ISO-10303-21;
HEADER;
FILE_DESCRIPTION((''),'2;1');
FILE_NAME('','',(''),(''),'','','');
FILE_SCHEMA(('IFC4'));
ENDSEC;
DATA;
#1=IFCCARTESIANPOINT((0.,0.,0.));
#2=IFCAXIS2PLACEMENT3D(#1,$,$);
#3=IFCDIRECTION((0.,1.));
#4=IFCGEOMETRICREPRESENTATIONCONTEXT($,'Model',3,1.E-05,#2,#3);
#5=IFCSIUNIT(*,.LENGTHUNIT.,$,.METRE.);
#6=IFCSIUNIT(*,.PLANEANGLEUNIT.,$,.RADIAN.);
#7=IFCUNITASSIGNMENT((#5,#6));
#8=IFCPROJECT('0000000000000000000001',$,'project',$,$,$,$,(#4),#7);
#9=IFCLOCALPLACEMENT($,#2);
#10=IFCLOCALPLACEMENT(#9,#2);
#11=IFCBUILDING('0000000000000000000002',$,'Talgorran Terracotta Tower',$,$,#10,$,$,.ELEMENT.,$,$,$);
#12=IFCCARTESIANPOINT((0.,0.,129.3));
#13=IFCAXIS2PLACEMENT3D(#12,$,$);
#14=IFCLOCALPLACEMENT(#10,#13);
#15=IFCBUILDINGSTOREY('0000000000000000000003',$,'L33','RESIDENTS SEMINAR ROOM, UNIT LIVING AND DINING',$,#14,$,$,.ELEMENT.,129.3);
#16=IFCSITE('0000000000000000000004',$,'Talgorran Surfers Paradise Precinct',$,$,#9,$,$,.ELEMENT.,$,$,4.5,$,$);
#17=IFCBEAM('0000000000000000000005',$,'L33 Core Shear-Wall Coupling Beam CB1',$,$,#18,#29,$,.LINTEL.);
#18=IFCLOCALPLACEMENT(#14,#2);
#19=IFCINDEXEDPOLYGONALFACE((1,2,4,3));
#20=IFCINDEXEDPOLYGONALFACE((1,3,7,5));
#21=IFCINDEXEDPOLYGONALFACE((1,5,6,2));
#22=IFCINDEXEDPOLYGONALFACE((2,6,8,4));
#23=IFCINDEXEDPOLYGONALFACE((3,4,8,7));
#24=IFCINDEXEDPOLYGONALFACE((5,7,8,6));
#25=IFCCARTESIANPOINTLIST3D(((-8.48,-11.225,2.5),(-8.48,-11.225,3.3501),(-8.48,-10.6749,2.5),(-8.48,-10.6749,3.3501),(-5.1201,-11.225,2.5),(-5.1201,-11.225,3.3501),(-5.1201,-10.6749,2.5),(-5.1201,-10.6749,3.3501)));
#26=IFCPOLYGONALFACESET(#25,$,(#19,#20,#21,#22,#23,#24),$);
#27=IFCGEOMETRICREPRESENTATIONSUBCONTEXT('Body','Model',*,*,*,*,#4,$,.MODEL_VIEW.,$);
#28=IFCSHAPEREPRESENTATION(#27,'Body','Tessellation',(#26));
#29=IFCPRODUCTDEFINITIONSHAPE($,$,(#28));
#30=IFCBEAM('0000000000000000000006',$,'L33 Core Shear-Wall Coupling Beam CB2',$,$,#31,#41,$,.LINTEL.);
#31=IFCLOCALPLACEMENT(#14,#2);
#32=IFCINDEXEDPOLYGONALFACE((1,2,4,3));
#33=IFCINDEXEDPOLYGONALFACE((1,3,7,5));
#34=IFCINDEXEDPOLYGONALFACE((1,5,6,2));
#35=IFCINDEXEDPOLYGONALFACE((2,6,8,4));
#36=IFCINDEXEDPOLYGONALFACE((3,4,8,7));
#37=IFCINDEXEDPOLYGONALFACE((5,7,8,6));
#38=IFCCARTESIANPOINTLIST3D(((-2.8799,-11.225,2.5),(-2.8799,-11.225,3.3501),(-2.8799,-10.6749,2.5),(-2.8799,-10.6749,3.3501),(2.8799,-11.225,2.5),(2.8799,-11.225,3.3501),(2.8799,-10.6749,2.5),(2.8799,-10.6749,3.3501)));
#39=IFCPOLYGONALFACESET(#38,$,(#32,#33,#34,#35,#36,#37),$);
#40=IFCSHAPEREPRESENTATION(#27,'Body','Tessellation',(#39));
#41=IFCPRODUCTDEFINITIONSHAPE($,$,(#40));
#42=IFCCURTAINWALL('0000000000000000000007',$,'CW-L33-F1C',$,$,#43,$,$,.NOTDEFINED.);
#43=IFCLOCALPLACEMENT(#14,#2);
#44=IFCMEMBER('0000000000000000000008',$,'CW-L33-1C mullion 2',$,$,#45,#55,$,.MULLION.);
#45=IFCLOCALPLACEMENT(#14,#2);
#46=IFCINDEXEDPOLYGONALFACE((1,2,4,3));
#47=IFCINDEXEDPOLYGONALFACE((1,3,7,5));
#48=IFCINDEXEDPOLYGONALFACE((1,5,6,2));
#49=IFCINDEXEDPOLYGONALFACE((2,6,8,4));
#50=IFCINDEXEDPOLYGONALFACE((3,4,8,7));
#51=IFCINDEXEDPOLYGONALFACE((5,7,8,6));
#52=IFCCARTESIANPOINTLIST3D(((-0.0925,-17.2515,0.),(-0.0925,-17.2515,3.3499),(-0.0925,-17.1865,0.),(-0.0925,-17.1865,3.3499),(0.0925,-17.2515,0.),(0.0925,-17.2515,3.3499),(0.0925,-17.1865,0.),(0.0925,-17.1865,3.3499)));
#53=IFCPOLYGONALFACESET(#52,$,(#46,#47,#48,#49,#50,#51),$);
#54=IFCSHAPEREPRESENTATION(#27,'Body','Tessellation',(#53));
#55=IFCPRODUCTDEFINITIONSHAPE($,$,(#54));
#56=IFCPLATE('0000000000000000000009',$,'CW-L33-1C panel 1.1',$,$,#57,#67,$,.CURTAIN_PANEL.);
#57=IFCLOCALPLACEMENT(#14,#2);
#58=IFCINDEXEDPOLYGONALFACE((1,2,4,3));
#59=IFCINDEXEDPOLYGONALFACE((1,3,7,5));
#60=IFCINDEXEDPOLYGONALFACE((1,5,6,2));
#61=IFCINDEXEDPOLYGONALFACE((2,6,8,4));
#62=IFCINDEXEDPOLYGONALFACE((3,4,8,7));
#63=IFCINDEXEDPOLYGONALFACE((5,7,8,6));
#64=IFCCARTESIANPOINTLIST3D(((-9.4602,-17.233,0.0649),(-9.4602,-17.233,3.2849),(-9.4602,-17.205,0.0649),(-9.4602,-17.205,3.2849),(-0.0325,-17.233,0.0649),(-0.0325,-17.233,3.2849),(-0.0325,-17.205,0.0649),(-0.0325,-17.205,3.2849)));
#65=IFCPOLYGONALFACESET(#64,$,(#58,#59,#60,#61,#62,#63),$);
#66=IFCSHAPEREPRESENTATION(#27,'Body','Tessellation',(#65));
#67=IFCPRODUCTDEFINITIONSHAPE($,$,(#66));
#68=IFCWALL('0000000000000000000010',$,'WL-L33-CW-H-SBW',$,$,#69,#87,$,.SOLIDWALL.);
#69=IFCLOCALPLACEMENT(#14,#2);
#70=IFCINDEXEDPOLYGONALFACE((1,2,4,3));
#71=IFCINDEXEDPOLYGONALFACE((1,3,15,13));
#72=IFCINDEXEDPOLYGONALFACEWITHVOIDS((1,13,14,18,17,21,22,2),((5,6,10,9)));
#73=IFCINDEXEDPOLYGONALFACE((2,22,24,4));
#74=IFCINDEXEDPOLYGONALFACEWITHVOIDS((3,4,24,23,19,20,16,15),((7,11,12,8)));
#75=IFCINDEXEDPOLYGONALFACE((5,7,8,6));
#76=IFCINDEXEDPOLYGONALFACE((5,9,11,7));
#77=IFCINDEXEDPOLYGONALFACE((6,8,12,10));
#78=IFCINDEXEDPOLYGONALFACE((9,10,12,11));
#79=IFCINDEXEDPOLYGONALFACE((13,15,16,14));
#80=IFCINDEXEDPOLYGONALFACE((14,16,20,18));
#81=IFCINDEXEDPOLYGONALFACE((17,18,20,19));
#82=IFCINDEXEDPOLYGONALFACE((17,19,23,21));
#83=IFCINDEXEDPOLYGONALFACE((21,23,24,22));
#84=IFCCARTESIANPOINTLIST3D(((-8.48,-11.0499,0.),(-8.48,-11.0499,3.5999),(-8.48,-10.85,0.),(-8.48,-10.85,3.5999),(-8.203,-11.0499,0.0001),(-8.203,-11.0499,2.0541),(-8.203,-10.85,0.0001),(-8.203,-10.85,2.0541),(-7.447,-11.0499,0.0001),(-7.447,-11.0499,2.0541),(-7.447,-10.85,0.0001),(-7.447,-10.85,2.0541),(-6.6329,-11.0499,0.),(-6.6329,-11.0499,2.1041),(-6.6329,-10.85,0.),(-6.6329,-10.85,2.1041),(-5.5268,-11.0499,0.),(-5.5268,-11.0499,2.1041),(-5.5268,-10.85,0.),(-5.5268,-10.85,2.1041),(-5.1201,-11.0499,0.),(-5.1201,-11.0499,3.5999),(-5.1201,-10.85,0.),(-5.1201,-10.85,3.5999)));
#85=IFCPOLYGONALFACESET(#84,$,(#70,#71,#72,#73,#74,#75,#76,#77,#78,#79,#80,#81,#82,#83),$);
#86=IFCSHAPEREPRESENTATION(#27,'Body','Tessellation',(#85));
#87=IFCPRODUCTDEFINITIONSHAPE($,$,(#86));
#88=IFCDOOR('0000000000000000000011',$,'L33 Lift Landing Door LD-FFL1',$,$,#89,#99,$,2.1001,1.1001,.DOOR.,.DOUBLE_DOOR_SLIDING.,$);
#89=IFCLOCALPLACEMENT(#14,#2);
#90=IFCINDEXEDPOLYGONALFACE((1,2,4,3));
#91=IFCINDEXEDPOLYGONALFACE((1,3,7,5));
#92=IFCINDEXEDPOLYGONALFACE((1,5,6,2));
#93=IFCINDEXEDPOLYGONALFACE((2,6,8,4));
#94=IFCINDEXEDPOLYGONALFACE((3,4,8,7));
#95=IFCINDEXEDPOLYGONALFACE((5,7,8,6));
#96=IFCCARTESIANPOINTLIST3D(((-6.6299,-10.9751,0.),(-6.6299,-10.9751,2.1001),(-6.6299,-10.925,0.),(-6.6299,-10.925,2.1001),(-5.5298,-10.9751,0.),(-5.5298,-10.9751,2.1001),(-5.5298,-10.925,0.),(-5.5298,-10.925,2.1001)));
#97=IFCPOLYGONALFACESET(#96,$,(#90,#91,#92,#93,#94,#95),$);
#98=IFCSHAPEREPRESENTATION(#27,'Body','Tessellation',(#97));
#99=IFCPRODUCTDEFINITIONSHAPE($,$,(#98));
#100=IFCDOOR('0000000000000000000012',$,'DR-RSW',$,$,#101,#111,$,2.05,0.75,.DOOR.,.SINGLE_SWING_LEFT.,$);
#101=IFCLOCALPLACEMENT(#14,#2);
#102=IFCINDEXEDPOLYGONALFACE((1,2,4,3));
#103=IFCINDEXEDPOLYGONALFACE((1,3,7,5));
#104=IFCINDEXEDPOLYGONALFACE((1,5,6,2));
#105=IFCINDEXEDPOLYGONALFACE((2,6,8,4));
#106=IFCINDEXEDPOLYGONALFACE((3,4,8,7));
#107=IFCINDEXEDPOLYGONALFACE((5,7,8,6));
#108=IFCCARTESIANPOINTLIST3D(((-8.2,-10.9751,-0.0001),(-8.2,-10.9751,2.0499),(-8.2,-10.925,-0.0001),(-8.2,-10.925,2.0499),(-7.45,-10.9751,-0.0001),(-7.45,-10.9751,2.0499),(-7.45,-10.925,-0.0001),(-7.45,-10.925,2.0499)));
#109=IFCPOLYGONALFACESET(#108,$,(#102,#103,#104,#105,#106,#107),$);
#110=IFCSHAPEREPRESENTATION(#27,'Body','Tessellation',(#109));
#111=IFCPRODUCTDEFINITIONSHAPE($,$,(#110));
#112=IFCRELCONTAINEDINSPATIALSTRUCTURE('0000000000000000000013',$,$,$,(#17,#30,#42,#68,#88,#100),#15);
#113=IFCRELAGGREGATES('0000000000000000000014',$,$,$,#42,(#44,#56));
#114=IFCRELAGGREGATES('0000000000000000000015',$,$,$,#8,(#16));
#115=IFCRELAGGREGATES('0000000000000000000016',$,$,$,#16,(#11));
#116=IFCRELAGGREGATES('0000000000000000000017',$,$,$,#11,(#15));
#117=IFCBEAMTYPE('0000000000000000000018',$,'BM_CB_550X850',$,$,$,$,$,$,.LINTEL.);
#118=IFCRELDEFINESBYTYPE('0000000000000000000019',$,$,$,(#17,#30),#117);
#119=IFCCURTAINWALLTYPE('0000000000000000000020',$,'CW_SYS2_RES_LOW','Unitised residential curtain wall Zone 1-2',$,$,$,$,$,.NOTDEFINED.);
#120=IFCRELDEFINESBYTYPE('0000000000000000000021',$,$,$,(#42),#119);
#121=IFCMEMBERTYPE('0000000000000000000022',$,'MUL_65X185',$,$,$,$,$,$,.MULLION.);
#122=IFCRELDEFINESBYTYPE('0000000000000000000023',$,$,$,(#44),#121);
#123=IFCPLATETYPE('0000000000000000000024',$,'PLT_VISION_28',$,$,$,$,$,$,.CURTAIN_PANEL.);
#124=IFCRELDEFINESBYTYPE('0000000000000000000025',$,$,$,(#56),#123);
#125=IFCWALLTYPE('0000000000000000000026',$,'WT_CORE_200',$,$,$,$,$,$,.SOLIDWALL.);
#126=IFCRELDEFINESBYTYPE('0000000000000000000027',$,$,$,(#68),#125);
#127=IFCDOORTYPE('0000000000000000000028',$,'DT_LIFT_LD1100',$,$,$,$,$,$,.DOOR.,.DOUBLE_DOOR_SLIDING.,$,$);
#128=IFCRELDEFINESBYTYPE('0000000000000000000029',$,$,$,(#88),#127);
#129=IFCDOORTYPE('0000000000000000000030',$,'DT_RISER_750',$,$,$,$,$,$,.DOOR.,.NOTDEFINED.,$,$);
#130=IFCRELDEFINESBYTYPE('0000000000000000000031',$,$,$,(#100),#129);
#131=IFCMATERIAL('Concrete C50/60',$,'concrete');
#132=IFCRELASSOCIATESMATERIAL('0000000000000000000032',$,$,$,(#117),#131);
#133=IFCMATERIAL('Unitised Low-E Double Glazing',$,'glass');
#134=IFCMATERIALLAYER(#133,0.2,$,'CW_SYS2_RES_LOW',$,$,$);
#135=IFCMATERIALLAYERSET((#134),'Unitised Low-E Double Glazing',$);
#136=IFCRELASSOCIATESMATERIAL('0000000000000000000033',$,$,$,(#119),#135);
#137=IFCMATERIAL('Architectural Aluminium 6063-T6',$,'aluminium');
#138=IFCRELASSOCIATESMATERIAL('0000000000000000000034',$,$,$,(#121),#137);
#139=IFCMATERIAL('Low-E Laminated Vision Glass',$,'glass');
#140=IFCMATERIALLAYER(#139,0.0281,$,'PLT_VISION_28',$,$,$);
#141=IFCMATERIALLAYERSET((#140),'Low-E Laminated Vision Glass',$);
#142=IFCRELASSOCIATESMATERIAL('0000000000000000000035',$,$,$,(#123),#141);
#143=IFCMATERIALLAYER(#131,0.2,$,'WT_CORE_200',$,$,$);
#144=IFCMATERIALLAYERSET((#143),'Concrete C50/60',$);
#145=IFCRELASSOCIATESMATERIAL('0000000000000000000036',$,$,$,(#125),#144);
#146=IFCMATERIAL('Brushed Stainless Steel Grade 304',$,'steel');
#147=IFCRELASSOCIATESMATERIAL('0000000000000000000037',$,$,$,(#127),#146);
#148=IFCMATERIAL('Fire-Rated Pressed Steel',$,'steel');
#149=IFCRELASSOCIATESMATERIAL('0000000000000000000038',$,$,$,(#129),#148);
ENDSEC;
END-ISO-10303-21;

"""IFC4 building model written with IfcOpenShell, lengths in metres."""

from ifc_helpers import new_model, si_unit, direction, frame, frame_2d, origin, origin_2d, place, context, subcontext, project, spatial, rectangle, extrude, source, transform, mapped, material, layer, layer_set, material_profile, profile_set, type_object, type_shapes, element, fill, aggregate, save


model = new_model("IFC4")

# Units and contexts
model_context = context("Model", 3, precision=1e-05, world=origin(), true_north=direction((0.0, 1.0)))
body_context = subcontext(model_context, "Body", "Model", "MODEL_VIEW")
ifc_project = project(units=[si_unit("LENGTHUNIT", "METRE"), si_unit("PLANEANGLEUNIT", "RADIAN")], contexts=[model_context])

# Site, building, storey
site_placement = place(None, origin())
site = spatial("IfcSite", under=ifc_project, at=site_placement, Name="Talgorran Surfers Paradise Precinct", CompositionType="ELEMENT", RefElevation=4.5)
building_placement = place(site_placement, origin())
building = spatial("IfcBuilding", under=site, at=building_placement, Name="Talgorran Terracotta Tower", CompositionType="ELEMENT")
storey_placement = place(building_placement, frame((0.0, 0.0, 129.3)))
storey = spatial("IfcBuildingStorey", under=building, at=storey_placement, Name="L33", Description="RESIDENTS SEMINAR ROOM, UNIT LIVING AND DINING", CompositionType="ELEMENT", Elevation=129.3)

# Beams
ifc_material_1 = material(Name="Concrete C50/60", Category="concrete")
ifc_material_profile_1 = material_profile(ifc_material_1, rectangle(XDim=0.55, YDim=0.8501, at=origin_2d()), Name="RCCB550X850")
ifc_profile_set_1 = profile_set([ifc_material_profile_1], Name="Concrete C50/60")
beam_type = type_object("IfcBeamType", Name="BM_CB_550X850", PredefinedType="LINTEL", material=ifc_profile_set_1)
beam_1_placement = place(storey_placement, frame((-8.48, -10.95, 2.925), z_axis=(1.0, 0.0, 0.0), x_axis=(0.0, 1.0, 0.0)))
element("IfcBeam", 1, at=beam_1_placement, inside=storey, type_object=beam_type, Name="L33 Core Shear-Wall Coupling Beam CB1", PredefinedType="LINTEL", context=body_context, shape_type="SweptSolid", body=[
    extrude(rectangle(XDim=0.55, YDim=0.8501, at=origin_2d()), origin(), (0.0, 0.0, 1.0), 3.3599),
])
beam_2_placement = place(storey_placement, frame((-2.8799, -10.95, 2.925), z_axis=(1.0, 0.0, 0.0), x_axis=(0.0, 1.0, 0.0)))
element("IfcBeam", 2, at=beam_2_placement, inside=storey, type_object=beam_type, Name="L33 Core Shear-Wall Coupling Beam CB2", PredefinedType="LINTEL", context=body_context, shape_type="SweptSolid", body=[
    extrude(rectangle(XDim=0.55, YDim=0.8501, at=origin_2d()), origin(), (0.0, 0.0, 1.0), 5.7598),
])

# Curtain wall, member, plate
ifc_material_2 = material(Name="Unitised Low-E Double Glazing", Category="glass")
ifc_layer_1 = layer(ifc_material_2, 0.2, Name="CW_SYS2_RES_LOW")
ifc_layer_set_1 = layer_set([ifc_layer_1], Name="Unitised Low-E Double Glazing")
curtain_wall_type = type_object("IfcCurtainWallType", Name="CW_SYS2_RES_LOW", Description="Unitised residential curtain wall Zone 1-2", PredefinedType="NOTDEFINED", material=ifc_layer_set_1)
curtain_wall_placement = place(storey_placement, origin())
curtain_wall = element("IfcCurtainWall", 3, at=curtain_wall_placement, inside=storey, type_object=curtain_wall_type, Name="CW-L33-F1C", PredefinedType="NOTDEFINED")
ifc_material_3 = material(Name="Architectural Aluminium 6063-T6", Category="aluminium")
ifc_material_profile_2 = material_profile(ifc_material_3, rectangle(XDim=0.0649, YDim=0.1851, at=origin_2d()), Name="CWM65X185")
ifc_profile_set_2 = profile_set([ifc_material_profile_2], Name="Architectural Aluminium 6063-T6")
member_type = type_object("IfcMemberType", Name="MUL_65X185", PredefinedType="MULLION", material=ifc_profile_set_2)
member_placement = place(storey_placement, frame((0.0, -17.219, 0.0), z_axis=(0.0, 0.0, 1.0), x_axis=(0.0, 1.0, 0.0)))
member = element("IfcMember", 4, at=member_placement, type_object=member_type, Name="CW-L33-1C mullion 2", PredefinedType="MULLION", context=body_context, shape_type="SweptSolid", body=[
    extrude(rectangle(XDim=0.0649, YDim=0.1851, at=origin_2d()), origin(), (0.0, 0.0, 1.0), 3.3499),
])
ifc_material_4 = material(Name="Low-E Laminated Vision Glass", Category="glass")
ifc_layer_2 = layer(ifc_material_4, 0.0281, Name="PLT_VISION_28")
ifc_layer_set_2 = layer_set([ifc_layer_2], Name="Low-E Laminated Vision Glass")
plate_type = type_object("IfcPlateType", Name="PLT_VISION_28", PredefinedType="CURTAIN_PANEL", material=ifc_layer_set_2)
shared_shape = source(origin(), body_context, "Body", "SweptSolid", [
    extrude(rectangle(XDim=9.4277, YDim=0.0281, at=origin_2d()), origin(), (0.0, 0.0, 1.0), 3.22),
])
type_shapes(plate_type, [shared_shape])
plate_placement = place(storey_placement, frame((-4.7463, -17.219, 0.0649), z_axis=(0.0, 0.0, 1.0), x_axis=(1.0, 0.0, 0.0)))
plate = element("IfcPlate", 5, at=plate_placement, type_object=plate_type, Name="CW-L33-1C panel 1.1", PredefinedType="CURTAIN_PANEL", context=body_context, shape_type="MappedRepresentation", body=[
    mapped(shared_shape, transform((0.0, 0.0, 0.0), scale=1.0)),
])
aggregate(curtain_wall, [member, plate])

# Wall, openings, doors
ifc_layer_3 = layer(ifc_material_1, 0.2, Name="WT_CORE_200")
ifc_layer_set_3 = layer_set([ifc_layer_3], Name="Concrete C50/60")
wall_type_1 = type_object("IfcWallType", Name="WT_CORE_200", PredefinedType="SOLIDWALL", material=ifc_layer_set_3)
wall_1_placement = place(storey_placement, frame((-8.48, -10.95, 0.0), z_axis=(0.0, 0.0, 1.0), x_axis=(1.0, 0.0, 0.0)))
wall_1 = element("IfcWall", 6, at=wall_1_placement, inside=storey, type_object=wall_type_1, Name="WL-L33-CW-H-SBW", PredefinedType="SOLIDWALL", context=body_context, shape_type="SweptSolid", body=[
    extrude(rectangle(XDim=3.3599, YDim=0.2, at=frame_2d((1.6799, 0.0))), origin(), (0.0, 0.0, 1.0), 3.5999),
])
opening_1_placement = place(wall_1_placement, frame((0.28, 0.0, 0.0)))
opening_1 = element("IfcOpeningElement", 7, at=opening_1_placement, cuts=wall_1, PredefinedType="OPENING", context=body_context, shape_type="SweptSolid", body=[
    extrude(rectangle(XDim=0.756, YDim=2.054, at=frame_2d((0.375, 1.0271))), frame((0.0, 0.1099, 0.0), z_axis=(0.0, -1.0, 0.0), x_axis=(1.0, 0.0, 0.0)), (0.0, 0.0, 1.0), 0.22),
])
opening_2_placement = place(wall_1_placement, frame((1.8501, 0.0, 0.0)))
opening_2 = element("IfcOpeningElement", 8, at=opening_2_placement, cuts=wall_1, PredefinedType="OPENING", context=body_context, shape_type="SweptSolid", body=[
    extrude(rectangle(XDim=1.1061, YDim=2.1041, at=frame_2d((0.55, 1.052))), frame((0.0, 0.1099, 0.0), z_axis=(0.0, -1.0, 0.0), x_axis=(1.0, 0.0, 0.0)), (0.0, 0.0, 1.0), 0.22),
])
ifc_material_5 = material(Name="Brushed Stainless Steel Grade 304", Category="steel")
door_type_1 = type_object("IfcDoorType", Name="DT_LIFT_LD1100", OperationType="DOUBLE_DOOR_SLIDING", PredefinedType="DOOR", material=ifc_material_5)
door_1_placement = place(opening_2_placement, origin())
door_1 = element("IfcDoor", 9, at=door_1_placement, inside=storey, type_object=door_type_1, Name="L33 Lift Landing Door LD-FFL1", OperationType="DOUBLE_DOOR_SLIDING", OverallHeight=2.1001, OverallWidth=1.1001, PredefinedType="DOOR", context=body_context, shape_type="SweptSolid", body=[
    extrude(rectangle(XDim=1.1001, YDim=2.1001, at=frame_2d((0.55, 1.05))), frame((0.0, 0.0249, 0.0), z_axis=(0.0, -1.0, 0.0), x_axis=(1.0, 0.0, 0.0)), (0.0, 0.0, 1.0), 0.05),
])
fill(opening_2, door_1)
ifc_material_6 = material(Name="Fire-Rated Pressed Steel", Category="steel")
door_type_2 = type_object("IfcDoorType", Name="DT_RISER_750", OperationType="NOTDEFINED", PredefinedType="DOOR", material=ifc_material_6)
door_2_placement = place(opening_1_placement, origin())
door_2 = element("IfcDoor", 10, at=door_2_placement, inside=storey, type_object=door_type_2, Name="DR-RSW", OperationType="SINGLE_SWING_LEFT", OverallHeight=2.05, OverallWidth=0.75, PredefinedType="DOOR", context=body_context, shape_type="SweptSolid", body=[
    extrude(rectangle(XDim=0.75, YDim=2.05, at=frame_2d((0.375, 1.0249))), frame((0.0, 0.0249, 0.0), z_axis=(0.0, -1.0, 0.0), x_axis=(1.0, 0.0, 0.0)), (0.0, 0.0, 1.0), 0.05),
])
fill(opening_1, door_2)

save(model, "model.ifc")
